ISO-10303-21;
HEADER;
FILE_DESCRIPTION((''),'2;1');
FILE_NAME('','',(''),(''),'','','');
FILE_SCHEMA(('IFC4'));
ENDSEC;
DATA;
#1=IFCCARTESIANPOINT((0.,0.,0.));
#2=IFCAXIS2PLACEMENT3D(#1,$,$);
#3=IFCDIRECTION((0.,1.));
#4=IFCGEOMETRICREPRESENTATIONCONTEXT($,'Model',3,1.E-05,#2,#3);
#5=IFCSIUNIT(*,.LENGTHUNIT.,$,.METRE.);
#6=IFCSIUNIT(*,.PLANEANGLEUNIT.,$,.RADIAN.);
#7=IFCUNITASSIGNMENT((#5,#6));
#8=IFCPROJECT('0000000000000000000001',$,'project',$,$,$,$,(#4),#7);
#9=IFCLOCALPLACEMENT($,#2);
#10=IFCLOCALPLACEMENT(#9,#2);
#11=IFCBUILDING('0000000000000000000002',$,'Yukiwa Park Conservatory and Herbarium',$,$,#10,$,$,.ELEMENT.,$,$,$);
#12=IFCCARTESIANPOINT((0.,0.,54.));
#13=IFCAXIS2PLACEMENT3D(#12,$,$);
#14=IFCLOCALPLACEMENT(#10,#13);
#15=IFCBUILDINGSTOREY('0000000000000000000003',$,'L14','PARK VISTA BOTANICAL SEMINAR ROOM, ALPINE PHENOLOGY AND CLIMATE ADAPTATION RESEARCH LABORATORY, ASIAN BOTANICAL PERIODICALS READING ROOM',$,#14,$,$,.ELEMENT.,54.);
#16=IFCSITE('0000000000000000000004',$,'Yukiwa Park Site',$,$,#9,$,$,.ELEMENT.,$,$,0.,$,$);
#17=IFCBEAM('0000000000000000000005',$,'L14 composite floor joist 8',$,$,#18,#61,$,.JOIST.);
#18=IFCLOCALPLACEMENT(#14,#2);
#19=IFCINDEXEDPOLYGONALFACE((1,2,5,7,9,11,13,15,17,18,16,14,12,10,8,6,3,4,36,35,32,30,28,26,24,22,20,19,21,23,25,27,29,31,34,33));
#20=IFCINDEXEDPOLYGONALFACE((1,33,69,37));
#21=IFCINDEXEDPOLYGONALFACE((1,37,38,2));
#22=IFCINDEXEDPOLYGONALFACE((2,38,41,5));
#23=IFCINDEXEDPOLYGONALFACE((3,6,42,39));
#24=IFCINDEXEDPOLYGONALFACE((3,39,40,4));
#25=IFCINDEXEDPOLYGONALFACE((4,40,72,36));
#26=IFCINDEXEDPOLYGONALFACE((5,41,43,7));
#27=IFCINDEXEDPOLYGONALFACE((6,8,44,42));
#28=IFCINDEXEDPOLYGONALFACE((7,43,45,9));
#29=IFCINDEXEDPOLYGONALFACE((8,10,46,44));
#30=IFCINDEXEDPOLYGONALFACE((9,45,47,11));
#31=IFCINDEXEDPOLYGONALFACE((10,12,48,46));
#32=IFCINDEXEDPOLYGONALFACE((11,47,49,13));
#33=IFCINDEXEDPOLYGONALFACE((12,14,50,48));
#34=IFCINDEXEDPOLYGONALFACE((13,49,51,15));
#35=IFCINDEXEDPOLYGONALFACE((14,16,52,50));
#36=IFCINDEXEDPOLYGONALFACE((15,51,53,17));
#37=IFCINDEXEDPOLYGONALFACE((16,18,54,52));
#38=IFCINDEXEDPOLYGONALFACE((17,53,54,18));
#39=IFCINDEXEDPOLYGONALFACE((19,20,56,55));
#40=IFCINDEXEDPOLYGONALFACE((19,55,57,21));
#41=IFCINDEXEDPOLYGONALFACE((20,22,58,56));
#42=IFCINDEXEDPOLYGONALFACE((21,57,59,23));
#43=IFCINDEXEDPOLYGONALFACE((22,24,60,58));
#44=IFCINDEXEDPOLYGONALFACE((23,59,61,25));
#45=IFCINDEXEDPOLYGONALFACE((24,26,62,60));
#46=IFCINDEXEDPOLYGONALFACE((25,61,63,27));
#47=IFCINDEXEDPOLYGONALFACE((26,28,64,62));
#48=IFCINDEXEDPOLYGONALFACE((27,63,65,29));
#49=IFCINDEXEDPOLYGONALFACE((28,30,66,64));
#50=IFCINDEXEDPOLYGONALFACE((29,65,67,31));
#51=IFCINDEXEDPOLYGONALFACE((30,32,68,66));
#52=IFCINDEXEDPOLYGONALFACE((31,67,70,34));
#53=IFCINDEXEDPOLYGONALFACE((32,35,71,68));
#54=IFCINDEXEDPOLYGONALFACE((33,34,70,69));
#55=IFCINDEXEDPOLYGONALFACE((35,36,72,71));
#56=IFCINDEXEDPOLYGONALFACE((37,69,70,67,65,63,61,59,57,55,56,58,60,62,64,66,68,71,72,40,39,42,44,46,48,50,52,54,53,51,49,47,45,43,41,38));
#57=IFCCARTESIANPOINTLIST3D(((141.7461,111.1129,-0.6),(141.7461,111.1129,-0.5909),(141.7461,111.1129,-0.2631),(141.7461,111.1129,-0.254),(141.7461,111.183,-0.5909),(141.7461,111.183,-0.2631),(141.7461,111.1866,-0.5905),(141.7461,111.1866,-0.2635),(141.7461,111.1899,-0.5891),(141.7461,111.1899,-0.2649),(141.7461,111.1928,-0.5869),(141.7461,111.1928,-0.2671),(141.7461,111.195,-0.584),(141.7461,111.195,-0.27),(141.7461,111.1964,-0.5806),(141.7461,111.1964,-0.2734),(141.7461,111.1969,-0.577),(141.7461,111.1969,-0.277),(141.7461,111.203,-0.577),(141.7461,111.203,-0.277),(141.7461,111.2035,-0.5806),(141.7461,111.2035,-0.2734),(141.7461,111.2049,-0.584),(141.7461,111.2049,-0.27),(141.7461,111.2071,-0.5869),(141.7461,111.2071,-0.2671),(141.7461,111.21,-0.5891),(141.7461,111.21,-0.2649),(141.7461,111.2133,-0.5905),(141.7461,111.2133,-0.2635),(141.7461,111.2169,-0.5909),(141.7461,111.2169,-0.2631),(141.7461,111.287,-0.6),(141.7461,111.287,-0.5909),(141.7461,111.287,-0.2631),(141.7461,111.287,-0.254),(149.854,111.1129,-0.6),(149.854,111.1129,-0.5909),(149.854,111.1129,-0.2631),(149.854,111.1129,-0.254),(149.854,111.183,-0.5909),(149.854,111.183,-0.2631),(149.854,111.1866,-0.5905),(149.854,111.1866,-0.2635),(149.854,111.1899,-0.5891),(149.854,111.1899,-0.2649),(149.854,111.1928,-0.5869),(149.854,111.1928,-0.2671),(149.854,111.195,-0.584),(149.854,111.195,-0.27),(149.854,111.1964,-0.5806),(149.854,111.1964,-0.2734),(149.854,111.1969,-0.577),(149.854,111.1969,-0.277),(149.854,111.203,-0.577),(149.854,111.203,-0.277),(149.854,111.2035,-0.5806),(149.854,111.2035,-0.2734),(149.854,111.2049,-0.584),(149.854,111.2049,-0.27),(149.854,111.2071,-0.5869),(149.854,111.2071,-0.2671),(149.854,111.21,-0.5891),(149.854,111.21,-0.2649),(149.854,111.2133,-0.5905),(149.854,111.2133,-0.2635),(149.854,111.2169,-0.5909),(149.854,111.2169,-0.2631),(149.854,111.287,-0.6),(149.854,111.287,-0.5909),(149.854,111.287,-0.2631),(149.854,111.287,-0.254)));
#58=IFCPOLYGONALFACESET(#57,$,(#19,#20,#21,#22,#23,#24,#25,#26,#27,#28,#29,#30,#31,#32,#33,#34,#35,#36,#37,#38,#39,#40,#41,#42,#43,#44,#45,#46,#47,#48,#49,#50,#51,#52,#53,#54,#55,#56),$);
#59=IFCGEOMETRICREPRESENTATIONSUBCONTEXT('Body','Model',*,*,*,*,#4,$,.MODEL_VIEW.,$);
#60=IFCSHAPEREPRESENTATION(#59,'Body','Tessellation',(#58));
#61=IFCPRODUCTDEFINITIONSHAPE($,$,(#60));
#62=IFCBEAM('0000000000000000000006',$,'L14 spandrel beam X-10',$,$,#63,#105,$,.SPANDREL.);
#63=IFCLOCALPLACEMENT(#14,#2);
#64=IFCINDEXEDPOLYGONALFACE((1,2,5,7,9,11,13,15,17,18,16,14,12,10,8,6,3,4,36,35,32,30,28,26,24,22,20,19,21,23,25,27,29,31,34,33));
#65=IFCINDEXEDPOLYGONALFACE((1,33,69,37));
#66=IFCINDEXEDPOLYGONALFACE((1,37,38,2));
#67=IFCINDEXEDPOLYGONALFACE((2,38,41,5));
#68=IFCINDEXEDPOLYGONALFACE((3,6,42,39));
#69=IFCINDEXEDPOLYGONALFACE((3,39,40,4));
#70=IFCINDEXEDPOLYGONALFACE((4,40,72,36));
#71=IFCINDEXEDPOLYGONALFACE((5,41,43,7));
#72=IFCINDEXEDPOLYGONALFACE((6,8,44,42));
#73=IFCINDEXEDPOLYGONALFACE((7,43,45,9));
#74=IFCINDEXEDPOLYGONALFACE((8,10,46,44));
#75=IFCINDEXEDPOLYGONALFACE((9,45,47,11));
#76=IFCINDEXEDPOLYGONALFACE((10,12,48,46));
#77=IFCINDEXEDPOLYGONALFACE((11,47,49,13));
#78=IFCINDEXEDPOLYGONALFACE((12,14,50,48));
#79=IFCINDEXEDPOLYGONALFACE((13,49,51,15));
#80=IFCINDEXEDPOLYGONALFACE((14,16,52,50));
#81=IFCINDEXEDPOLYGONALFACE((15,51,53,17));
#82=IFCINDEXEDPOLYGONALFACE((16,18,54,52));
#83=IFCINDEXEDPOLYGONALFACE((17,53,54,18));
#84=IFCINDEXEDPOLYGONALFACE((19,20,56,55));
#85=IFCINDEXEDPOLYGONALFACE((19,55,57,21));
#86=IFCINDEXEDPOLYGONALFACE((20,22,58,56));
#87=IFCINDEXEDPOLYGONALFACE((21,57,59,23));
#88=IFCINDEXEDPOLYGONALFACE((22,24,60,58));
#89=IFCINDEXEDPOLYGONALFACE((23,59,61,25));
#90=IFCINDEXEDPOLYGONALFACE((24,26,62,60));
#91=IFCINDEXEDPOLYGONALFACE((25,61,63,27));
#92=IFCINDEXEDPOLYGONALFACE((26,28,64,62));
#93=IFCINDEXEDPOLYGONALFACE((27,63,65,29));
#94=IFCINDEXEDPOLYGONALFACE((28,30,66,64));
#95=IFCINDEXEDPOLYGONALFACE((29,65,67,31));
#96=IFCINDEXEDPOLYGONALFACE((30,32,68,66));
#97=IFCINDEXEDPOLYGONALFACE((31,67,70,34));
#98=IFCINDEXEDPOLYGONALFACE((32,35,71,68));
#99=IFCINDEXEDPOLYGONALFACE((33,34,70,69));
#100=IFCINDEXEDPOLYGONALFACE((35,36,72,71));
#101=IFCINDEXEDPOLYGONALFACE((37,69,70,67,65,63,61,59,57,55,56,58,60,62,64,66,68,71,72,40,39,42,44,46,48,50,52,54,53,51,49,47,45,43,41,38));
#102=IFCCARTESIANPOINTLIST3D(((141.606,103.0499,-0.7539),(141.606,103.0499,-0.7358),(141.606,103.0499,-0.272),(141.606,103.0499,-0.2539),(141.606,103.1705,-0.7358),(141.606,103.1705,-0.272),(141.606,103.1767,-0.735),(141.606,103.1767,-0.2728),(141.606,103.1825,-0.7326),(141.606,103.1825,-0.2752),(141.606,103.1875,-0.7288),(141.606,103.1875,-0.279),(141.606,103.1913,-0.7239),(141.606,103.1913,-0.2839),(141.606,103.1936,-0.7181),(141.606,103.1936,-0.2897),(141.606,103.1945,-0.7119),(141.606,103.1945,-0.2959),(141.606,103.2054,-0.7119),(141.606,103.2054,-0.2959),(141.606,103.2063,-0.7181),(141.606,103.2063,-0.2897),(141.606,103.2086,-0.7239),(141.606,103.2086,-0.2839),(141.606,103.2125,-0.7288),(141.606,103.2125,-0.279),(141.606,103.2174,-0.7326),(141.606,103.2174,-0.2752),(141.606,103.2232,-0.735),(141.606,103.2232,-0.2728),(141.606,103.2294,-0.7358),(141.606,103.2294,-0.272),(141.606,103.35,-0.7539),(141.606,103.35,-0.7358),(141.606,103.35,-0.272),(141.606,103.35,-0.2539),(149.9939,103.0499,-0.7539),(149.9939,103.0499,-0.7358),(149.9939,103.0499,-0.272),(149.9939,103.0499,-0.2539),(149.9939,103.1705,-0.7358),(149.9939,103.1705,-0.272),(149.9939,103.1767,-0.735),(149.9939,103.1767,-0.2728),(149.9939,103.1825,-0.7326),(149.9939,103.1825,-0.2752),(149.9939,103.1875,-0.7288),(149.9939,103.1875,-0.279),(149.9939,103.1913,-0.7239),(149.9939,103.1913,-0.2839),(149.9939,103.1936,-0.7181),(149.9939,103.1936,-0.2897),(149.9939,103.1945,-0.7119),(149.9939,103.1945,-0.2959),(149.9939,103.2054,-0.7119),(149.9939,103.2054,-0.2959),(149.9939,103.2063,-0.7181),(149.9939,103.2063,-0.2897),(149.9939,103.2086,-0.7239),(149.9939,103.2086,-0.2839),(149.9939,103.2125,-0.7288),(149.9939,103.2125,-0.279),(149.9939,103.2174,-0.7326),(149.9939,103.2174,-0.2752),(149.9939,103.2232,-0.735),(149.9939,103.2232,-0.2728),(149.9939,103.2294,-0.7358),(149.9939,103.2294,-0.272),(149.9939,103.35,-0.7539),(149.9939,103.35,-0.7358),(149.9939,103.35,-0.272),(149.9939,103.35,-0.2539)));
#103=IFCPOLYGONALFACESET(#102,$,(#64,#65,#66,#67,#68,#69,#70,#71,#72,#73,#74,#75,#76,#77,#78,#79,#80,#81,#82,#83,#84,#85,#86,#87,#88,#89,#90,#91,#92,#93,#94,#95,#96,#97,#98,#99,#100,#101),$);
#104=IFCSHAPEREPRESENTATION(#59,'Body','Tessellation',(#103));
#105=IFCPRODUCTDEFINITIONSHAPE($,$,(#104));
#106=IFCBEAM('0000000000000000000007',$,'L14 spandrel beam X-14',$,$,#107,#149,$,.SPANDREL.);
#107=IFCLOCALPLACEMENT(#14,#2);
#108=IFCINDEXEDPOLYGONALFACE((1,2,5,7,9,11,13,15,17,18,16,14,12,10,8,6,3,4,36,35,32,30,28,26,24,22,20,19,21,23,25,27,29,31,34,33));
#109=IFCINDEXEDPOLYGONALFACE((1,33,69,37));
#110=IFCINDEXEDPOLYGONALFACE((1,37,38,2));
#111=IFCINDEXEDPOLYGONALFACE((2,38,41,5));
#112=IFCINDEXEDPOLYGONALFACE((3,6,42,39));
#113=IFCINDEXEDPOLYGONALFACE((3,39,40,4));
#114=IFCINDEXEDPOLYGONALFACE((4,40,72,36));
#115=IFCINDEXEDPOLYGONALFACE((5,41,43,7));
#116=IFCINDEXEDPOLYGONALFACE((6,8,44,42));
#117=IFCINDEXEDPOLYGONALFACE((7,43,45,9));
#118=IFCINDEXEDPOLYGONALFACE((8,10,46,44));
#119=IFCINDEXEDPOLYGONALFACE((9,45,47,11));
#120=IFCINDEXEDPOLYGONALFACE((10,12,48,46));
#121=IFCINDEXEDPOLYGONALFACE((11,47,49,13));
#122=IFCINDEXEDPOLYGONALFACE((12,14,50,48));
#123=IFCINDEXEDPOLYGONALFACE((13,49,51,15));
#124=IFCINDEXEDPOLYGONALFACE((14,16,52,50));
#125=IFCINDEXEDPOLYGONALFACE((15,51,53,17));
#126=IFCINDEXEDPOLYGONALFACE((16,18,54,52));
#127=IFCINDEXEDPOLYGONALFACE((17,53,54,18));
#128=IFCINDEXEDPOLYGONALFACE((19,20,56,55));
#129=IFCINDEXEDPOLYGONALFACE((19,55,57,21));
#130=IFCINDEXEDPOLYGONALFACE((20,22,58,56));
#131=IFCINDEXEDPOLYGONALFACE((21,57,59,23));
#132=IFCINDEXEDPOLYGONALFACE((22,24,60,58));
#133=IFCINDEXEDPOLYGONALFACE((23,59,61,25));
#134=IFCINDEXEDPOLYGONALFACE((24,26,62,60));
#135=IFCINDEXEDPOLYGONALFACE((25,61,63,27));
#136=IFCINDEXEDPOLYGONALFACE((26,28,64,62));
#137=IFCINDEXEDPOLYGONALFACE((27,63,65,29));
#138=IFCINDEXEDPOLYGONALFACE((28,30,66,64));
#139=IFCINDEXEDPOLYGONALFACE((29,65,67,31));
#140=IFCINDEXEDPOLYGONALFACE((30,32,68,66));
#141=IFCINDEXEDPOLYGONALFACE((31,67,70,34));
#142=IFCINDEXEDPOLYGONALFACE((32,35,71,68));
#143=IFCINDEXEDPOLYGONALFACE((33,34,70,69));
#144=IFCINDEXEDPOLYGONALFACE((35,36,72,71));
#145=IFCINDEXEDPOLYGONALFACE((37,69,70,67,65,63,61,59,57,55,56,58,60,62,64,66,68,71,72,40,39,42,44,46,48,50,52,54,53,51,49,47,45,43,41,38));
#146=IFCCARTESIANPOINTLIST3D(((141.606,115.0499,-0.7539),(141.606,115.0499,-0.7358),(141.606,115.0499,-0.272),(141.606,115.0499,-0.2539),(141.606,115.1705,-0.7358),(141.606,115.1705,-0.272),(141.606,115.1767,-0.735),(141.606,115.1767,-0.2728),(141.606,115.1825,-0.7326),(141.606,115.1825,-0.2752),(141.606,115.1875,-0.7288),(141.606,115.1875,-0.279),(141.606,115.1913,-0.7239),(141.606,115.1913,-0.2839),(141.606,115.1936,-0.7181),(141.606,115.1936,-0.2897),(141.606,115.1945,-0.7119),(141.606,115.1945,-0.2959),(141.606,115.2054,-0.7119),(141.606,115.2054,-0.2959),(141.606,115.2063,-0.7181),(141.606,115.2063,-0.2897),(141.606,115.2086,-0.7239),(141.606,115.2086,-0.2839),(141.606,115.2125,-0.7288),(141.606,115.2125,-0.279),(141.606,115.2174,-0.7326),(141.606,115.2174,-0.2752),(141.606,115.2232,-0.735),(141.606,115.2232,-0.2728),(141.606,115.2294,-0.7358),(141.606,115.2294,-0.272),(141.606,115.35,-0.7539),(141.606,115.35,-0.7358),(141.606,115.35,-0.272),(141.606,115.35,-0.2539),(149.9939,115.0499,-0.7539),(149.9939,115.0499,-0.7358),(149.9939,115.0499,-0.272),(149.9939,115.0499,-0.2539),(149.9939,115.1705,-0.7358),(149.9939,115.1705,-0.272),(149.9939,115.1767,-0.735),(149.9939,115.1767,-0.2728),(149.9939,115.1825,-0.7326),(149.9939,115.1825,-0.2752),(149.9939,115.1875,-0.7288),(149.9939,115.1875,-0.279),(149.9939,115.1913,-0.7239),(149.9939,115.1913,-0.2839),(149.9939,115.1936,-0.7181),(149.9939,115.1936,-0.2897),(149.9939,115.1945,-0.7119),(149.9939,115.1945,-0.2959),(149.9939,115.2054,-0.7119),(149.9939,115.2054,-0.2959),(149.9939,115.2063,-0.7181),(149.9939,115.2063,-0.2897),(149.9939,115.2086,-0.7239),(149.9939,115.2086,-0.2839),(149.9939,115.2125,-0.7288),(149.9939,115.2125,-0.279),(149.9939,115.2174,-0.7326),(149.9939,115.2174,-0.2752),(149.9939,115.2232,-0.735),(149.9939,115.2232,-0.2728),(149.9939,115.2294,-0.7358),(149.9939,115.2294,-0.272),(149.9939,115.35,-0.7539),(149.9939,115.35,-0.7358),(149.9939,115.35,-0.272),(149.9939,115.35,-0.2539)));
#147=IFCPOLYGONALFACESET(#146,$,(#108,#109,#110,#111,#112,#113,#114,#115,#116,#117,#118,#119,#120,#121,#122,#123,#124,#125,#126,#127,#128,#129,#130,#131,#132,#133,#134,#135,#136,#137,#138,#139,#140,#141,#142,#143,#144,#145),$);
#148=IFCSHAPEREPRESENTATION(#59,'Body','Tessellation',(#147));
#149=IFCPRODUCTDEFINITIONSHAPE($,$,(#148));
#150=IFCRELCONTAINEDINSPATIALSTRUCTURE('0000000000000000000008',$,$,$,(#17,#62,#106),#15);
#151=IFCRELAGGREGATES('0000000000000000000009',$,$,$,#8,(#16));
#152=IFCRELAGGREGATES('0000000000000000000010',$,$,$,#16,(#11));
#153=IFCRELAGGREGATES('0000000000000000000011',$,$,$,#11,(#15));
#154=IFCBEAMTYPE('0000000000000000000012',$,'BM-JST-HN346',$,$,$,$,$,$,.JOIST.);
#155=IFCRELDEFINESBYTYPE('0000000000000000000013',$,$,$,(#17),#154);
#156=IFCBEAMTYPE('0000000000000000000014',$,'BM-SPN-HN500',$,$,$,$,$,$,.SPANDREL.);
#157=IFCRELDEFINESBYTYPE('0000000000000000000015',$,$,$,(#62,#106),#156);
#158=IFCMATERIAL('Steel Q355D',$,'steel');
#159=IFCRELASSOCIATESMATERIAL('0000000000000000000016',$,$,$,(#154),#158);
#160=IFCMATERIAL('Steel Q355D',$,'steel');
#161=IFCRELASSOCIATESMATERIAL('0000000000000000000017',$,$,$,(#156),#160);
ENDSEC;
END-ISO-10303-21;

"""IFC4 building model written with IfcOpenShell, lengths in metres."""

from ifc_helpers import new_model, si_unit, direction, frame, origin, origin_2d, place, context, subcontext, project, spatial, i_section, extrude, material, material_profile, profile_set, type_object, element, save


model = new_model("IFC4")

# Units and contexts
model_context = context("Model", 3, precision=1e-05, world=origin(), true_north=direction((0.0, 1.0)))
body_context = subcontext(model_context, "Body", "Model", "MODEL_VIEW")
ifc_project = project(units=[si_unit("LENGTHUNIT", "METRE"), si_unit("PLANEANGLEUNIT", "RADIAN")], contexts=[model_context])

# Site, building, storey
site_placement = place(None, origin())
site = spatial("IfcSite", under=ifc_project, at=site_placement, Name="Yukiwa Park Site", CompositionType="ELEMENT", RefElevation=0.0)
building_placement = place(site_placement, origin())
building = spatial("IfcBuilding", under=site, at=building_placement, Name="Yukiwa Park Conservatory and Herbarium", CompositionType="ELEMENT")
storey_placement = place(building_placement, frame((0.0, 0.0, 54.0)))
storey = spatial("IfcBuildingStorey", under=building, at=storey_placement, Name="L14", Description="PARK VISTA BOTANICAL SEMINAR ROOM, ALPINE PHENOLOGY AND CLIMATE ADAPTATION RESEARCH LABORATORY, ASIAN BOTANICAL PERIODICALS READING ROOM", CompositionType="ELEMENT", Elevation=54.0)

# Beams
ifc_material_1 = material(Name="Steel Q355D", Category="steel")
ifc_material_profile_1 = material_profile(ifc_material_1, i_section(OverallWidth=0.1741, OverallDepth=0.3459, WebThickness=0.0061, FlangeThickness=0.009, FilletRadius=0.0139, at=origin_2d()), Name="HN 346x174x6x9")
ifc_profile_set_1 = profile_set([ifc_material_profile_1], Name="Steel Q355D")
beam_type_1 = type_object("IfcBeamType", Name="BM-JST-HN346", PredefinedType="JOIST", material=ifc_profile_set_1)
for number, where, z_axis, x_axis, name in (
    (1, (141.7461, 111.2, -0.427), (1.0, 0.0, 0.0), (0.0, 1.0, 0.0), "L14 composite floor joist 8"),
):
    element("IfcBeam", number, at=place(storey_placement, frame(where, z_axis=z_axis, x_axis=x_axis)), inside=storey, type_object=beam_type_1, Name=name, PredefinedType="JOIST", context=body_context, shape_type="SweptSolid", body=[
        extrude(i_section(OverallWidth=0.1741, OverallDepth=0.3459, WebThickness=0.0061, FlangeThickness=0.009, FilletRadius=0.0139, at=origin_2d()), origin(), (0.0, 0.0, 1.0), 8.1079),
    ])
ifc_material_2 = material(Name="Steel Q355D", Category="steel")
ifc_material_profile_2 = material_profile(ifc_material_2, i_section(OverallWidth=0.3, OverallDepth=0.5, WebThickness=0.011, FlangeThickness=0.0181, FilletRadius=0.0239, at=origin_2d()), Name="HM 500x300x11x18")
ifc_profile_set_2 = profile_set([ifc_material_profile_2], Name="Steel Q355D")
beam_type_2 = type_object("IfcBeamType", Name="BM-SPN-HN500", PredefinedType="SPANDREL", material=ifc_profile_set_2)
for number, where, z_axis, x_axis, name in (
    (2, (141.606, 103.2, -0.5039), (1.0, 0.0, 0.0), (0.0, 1.0, 0.0), "L14 spandrel beam X-10"),
    (3, (141.606, 115.2, -0.5039), (1.0, 0.0, 0.0), (0.0, 1.0, 0.0), "L14 spandrel beam X-14"),
):
    element("IfcBeam", number, at=place(storey_placement, frame(where, z_axis=z_axis, x_axis=x_axis)), inside=storey, type_object=beam_type_2, Name=name, PredefinedType="SPANDREL", context=body_context, shape_type="SweptSolid", body=[
        extrude(i_section(OverallWidth=0.3, OverallDepth=0.5, WebThickness=0.011, FlangeThickness=0.0181, FilletRadius=0.0239, at=origin_2d()), origin(), (0.0, 0.0, 1.0), 8.3879),
    ])

save(model, "model.ifc")
